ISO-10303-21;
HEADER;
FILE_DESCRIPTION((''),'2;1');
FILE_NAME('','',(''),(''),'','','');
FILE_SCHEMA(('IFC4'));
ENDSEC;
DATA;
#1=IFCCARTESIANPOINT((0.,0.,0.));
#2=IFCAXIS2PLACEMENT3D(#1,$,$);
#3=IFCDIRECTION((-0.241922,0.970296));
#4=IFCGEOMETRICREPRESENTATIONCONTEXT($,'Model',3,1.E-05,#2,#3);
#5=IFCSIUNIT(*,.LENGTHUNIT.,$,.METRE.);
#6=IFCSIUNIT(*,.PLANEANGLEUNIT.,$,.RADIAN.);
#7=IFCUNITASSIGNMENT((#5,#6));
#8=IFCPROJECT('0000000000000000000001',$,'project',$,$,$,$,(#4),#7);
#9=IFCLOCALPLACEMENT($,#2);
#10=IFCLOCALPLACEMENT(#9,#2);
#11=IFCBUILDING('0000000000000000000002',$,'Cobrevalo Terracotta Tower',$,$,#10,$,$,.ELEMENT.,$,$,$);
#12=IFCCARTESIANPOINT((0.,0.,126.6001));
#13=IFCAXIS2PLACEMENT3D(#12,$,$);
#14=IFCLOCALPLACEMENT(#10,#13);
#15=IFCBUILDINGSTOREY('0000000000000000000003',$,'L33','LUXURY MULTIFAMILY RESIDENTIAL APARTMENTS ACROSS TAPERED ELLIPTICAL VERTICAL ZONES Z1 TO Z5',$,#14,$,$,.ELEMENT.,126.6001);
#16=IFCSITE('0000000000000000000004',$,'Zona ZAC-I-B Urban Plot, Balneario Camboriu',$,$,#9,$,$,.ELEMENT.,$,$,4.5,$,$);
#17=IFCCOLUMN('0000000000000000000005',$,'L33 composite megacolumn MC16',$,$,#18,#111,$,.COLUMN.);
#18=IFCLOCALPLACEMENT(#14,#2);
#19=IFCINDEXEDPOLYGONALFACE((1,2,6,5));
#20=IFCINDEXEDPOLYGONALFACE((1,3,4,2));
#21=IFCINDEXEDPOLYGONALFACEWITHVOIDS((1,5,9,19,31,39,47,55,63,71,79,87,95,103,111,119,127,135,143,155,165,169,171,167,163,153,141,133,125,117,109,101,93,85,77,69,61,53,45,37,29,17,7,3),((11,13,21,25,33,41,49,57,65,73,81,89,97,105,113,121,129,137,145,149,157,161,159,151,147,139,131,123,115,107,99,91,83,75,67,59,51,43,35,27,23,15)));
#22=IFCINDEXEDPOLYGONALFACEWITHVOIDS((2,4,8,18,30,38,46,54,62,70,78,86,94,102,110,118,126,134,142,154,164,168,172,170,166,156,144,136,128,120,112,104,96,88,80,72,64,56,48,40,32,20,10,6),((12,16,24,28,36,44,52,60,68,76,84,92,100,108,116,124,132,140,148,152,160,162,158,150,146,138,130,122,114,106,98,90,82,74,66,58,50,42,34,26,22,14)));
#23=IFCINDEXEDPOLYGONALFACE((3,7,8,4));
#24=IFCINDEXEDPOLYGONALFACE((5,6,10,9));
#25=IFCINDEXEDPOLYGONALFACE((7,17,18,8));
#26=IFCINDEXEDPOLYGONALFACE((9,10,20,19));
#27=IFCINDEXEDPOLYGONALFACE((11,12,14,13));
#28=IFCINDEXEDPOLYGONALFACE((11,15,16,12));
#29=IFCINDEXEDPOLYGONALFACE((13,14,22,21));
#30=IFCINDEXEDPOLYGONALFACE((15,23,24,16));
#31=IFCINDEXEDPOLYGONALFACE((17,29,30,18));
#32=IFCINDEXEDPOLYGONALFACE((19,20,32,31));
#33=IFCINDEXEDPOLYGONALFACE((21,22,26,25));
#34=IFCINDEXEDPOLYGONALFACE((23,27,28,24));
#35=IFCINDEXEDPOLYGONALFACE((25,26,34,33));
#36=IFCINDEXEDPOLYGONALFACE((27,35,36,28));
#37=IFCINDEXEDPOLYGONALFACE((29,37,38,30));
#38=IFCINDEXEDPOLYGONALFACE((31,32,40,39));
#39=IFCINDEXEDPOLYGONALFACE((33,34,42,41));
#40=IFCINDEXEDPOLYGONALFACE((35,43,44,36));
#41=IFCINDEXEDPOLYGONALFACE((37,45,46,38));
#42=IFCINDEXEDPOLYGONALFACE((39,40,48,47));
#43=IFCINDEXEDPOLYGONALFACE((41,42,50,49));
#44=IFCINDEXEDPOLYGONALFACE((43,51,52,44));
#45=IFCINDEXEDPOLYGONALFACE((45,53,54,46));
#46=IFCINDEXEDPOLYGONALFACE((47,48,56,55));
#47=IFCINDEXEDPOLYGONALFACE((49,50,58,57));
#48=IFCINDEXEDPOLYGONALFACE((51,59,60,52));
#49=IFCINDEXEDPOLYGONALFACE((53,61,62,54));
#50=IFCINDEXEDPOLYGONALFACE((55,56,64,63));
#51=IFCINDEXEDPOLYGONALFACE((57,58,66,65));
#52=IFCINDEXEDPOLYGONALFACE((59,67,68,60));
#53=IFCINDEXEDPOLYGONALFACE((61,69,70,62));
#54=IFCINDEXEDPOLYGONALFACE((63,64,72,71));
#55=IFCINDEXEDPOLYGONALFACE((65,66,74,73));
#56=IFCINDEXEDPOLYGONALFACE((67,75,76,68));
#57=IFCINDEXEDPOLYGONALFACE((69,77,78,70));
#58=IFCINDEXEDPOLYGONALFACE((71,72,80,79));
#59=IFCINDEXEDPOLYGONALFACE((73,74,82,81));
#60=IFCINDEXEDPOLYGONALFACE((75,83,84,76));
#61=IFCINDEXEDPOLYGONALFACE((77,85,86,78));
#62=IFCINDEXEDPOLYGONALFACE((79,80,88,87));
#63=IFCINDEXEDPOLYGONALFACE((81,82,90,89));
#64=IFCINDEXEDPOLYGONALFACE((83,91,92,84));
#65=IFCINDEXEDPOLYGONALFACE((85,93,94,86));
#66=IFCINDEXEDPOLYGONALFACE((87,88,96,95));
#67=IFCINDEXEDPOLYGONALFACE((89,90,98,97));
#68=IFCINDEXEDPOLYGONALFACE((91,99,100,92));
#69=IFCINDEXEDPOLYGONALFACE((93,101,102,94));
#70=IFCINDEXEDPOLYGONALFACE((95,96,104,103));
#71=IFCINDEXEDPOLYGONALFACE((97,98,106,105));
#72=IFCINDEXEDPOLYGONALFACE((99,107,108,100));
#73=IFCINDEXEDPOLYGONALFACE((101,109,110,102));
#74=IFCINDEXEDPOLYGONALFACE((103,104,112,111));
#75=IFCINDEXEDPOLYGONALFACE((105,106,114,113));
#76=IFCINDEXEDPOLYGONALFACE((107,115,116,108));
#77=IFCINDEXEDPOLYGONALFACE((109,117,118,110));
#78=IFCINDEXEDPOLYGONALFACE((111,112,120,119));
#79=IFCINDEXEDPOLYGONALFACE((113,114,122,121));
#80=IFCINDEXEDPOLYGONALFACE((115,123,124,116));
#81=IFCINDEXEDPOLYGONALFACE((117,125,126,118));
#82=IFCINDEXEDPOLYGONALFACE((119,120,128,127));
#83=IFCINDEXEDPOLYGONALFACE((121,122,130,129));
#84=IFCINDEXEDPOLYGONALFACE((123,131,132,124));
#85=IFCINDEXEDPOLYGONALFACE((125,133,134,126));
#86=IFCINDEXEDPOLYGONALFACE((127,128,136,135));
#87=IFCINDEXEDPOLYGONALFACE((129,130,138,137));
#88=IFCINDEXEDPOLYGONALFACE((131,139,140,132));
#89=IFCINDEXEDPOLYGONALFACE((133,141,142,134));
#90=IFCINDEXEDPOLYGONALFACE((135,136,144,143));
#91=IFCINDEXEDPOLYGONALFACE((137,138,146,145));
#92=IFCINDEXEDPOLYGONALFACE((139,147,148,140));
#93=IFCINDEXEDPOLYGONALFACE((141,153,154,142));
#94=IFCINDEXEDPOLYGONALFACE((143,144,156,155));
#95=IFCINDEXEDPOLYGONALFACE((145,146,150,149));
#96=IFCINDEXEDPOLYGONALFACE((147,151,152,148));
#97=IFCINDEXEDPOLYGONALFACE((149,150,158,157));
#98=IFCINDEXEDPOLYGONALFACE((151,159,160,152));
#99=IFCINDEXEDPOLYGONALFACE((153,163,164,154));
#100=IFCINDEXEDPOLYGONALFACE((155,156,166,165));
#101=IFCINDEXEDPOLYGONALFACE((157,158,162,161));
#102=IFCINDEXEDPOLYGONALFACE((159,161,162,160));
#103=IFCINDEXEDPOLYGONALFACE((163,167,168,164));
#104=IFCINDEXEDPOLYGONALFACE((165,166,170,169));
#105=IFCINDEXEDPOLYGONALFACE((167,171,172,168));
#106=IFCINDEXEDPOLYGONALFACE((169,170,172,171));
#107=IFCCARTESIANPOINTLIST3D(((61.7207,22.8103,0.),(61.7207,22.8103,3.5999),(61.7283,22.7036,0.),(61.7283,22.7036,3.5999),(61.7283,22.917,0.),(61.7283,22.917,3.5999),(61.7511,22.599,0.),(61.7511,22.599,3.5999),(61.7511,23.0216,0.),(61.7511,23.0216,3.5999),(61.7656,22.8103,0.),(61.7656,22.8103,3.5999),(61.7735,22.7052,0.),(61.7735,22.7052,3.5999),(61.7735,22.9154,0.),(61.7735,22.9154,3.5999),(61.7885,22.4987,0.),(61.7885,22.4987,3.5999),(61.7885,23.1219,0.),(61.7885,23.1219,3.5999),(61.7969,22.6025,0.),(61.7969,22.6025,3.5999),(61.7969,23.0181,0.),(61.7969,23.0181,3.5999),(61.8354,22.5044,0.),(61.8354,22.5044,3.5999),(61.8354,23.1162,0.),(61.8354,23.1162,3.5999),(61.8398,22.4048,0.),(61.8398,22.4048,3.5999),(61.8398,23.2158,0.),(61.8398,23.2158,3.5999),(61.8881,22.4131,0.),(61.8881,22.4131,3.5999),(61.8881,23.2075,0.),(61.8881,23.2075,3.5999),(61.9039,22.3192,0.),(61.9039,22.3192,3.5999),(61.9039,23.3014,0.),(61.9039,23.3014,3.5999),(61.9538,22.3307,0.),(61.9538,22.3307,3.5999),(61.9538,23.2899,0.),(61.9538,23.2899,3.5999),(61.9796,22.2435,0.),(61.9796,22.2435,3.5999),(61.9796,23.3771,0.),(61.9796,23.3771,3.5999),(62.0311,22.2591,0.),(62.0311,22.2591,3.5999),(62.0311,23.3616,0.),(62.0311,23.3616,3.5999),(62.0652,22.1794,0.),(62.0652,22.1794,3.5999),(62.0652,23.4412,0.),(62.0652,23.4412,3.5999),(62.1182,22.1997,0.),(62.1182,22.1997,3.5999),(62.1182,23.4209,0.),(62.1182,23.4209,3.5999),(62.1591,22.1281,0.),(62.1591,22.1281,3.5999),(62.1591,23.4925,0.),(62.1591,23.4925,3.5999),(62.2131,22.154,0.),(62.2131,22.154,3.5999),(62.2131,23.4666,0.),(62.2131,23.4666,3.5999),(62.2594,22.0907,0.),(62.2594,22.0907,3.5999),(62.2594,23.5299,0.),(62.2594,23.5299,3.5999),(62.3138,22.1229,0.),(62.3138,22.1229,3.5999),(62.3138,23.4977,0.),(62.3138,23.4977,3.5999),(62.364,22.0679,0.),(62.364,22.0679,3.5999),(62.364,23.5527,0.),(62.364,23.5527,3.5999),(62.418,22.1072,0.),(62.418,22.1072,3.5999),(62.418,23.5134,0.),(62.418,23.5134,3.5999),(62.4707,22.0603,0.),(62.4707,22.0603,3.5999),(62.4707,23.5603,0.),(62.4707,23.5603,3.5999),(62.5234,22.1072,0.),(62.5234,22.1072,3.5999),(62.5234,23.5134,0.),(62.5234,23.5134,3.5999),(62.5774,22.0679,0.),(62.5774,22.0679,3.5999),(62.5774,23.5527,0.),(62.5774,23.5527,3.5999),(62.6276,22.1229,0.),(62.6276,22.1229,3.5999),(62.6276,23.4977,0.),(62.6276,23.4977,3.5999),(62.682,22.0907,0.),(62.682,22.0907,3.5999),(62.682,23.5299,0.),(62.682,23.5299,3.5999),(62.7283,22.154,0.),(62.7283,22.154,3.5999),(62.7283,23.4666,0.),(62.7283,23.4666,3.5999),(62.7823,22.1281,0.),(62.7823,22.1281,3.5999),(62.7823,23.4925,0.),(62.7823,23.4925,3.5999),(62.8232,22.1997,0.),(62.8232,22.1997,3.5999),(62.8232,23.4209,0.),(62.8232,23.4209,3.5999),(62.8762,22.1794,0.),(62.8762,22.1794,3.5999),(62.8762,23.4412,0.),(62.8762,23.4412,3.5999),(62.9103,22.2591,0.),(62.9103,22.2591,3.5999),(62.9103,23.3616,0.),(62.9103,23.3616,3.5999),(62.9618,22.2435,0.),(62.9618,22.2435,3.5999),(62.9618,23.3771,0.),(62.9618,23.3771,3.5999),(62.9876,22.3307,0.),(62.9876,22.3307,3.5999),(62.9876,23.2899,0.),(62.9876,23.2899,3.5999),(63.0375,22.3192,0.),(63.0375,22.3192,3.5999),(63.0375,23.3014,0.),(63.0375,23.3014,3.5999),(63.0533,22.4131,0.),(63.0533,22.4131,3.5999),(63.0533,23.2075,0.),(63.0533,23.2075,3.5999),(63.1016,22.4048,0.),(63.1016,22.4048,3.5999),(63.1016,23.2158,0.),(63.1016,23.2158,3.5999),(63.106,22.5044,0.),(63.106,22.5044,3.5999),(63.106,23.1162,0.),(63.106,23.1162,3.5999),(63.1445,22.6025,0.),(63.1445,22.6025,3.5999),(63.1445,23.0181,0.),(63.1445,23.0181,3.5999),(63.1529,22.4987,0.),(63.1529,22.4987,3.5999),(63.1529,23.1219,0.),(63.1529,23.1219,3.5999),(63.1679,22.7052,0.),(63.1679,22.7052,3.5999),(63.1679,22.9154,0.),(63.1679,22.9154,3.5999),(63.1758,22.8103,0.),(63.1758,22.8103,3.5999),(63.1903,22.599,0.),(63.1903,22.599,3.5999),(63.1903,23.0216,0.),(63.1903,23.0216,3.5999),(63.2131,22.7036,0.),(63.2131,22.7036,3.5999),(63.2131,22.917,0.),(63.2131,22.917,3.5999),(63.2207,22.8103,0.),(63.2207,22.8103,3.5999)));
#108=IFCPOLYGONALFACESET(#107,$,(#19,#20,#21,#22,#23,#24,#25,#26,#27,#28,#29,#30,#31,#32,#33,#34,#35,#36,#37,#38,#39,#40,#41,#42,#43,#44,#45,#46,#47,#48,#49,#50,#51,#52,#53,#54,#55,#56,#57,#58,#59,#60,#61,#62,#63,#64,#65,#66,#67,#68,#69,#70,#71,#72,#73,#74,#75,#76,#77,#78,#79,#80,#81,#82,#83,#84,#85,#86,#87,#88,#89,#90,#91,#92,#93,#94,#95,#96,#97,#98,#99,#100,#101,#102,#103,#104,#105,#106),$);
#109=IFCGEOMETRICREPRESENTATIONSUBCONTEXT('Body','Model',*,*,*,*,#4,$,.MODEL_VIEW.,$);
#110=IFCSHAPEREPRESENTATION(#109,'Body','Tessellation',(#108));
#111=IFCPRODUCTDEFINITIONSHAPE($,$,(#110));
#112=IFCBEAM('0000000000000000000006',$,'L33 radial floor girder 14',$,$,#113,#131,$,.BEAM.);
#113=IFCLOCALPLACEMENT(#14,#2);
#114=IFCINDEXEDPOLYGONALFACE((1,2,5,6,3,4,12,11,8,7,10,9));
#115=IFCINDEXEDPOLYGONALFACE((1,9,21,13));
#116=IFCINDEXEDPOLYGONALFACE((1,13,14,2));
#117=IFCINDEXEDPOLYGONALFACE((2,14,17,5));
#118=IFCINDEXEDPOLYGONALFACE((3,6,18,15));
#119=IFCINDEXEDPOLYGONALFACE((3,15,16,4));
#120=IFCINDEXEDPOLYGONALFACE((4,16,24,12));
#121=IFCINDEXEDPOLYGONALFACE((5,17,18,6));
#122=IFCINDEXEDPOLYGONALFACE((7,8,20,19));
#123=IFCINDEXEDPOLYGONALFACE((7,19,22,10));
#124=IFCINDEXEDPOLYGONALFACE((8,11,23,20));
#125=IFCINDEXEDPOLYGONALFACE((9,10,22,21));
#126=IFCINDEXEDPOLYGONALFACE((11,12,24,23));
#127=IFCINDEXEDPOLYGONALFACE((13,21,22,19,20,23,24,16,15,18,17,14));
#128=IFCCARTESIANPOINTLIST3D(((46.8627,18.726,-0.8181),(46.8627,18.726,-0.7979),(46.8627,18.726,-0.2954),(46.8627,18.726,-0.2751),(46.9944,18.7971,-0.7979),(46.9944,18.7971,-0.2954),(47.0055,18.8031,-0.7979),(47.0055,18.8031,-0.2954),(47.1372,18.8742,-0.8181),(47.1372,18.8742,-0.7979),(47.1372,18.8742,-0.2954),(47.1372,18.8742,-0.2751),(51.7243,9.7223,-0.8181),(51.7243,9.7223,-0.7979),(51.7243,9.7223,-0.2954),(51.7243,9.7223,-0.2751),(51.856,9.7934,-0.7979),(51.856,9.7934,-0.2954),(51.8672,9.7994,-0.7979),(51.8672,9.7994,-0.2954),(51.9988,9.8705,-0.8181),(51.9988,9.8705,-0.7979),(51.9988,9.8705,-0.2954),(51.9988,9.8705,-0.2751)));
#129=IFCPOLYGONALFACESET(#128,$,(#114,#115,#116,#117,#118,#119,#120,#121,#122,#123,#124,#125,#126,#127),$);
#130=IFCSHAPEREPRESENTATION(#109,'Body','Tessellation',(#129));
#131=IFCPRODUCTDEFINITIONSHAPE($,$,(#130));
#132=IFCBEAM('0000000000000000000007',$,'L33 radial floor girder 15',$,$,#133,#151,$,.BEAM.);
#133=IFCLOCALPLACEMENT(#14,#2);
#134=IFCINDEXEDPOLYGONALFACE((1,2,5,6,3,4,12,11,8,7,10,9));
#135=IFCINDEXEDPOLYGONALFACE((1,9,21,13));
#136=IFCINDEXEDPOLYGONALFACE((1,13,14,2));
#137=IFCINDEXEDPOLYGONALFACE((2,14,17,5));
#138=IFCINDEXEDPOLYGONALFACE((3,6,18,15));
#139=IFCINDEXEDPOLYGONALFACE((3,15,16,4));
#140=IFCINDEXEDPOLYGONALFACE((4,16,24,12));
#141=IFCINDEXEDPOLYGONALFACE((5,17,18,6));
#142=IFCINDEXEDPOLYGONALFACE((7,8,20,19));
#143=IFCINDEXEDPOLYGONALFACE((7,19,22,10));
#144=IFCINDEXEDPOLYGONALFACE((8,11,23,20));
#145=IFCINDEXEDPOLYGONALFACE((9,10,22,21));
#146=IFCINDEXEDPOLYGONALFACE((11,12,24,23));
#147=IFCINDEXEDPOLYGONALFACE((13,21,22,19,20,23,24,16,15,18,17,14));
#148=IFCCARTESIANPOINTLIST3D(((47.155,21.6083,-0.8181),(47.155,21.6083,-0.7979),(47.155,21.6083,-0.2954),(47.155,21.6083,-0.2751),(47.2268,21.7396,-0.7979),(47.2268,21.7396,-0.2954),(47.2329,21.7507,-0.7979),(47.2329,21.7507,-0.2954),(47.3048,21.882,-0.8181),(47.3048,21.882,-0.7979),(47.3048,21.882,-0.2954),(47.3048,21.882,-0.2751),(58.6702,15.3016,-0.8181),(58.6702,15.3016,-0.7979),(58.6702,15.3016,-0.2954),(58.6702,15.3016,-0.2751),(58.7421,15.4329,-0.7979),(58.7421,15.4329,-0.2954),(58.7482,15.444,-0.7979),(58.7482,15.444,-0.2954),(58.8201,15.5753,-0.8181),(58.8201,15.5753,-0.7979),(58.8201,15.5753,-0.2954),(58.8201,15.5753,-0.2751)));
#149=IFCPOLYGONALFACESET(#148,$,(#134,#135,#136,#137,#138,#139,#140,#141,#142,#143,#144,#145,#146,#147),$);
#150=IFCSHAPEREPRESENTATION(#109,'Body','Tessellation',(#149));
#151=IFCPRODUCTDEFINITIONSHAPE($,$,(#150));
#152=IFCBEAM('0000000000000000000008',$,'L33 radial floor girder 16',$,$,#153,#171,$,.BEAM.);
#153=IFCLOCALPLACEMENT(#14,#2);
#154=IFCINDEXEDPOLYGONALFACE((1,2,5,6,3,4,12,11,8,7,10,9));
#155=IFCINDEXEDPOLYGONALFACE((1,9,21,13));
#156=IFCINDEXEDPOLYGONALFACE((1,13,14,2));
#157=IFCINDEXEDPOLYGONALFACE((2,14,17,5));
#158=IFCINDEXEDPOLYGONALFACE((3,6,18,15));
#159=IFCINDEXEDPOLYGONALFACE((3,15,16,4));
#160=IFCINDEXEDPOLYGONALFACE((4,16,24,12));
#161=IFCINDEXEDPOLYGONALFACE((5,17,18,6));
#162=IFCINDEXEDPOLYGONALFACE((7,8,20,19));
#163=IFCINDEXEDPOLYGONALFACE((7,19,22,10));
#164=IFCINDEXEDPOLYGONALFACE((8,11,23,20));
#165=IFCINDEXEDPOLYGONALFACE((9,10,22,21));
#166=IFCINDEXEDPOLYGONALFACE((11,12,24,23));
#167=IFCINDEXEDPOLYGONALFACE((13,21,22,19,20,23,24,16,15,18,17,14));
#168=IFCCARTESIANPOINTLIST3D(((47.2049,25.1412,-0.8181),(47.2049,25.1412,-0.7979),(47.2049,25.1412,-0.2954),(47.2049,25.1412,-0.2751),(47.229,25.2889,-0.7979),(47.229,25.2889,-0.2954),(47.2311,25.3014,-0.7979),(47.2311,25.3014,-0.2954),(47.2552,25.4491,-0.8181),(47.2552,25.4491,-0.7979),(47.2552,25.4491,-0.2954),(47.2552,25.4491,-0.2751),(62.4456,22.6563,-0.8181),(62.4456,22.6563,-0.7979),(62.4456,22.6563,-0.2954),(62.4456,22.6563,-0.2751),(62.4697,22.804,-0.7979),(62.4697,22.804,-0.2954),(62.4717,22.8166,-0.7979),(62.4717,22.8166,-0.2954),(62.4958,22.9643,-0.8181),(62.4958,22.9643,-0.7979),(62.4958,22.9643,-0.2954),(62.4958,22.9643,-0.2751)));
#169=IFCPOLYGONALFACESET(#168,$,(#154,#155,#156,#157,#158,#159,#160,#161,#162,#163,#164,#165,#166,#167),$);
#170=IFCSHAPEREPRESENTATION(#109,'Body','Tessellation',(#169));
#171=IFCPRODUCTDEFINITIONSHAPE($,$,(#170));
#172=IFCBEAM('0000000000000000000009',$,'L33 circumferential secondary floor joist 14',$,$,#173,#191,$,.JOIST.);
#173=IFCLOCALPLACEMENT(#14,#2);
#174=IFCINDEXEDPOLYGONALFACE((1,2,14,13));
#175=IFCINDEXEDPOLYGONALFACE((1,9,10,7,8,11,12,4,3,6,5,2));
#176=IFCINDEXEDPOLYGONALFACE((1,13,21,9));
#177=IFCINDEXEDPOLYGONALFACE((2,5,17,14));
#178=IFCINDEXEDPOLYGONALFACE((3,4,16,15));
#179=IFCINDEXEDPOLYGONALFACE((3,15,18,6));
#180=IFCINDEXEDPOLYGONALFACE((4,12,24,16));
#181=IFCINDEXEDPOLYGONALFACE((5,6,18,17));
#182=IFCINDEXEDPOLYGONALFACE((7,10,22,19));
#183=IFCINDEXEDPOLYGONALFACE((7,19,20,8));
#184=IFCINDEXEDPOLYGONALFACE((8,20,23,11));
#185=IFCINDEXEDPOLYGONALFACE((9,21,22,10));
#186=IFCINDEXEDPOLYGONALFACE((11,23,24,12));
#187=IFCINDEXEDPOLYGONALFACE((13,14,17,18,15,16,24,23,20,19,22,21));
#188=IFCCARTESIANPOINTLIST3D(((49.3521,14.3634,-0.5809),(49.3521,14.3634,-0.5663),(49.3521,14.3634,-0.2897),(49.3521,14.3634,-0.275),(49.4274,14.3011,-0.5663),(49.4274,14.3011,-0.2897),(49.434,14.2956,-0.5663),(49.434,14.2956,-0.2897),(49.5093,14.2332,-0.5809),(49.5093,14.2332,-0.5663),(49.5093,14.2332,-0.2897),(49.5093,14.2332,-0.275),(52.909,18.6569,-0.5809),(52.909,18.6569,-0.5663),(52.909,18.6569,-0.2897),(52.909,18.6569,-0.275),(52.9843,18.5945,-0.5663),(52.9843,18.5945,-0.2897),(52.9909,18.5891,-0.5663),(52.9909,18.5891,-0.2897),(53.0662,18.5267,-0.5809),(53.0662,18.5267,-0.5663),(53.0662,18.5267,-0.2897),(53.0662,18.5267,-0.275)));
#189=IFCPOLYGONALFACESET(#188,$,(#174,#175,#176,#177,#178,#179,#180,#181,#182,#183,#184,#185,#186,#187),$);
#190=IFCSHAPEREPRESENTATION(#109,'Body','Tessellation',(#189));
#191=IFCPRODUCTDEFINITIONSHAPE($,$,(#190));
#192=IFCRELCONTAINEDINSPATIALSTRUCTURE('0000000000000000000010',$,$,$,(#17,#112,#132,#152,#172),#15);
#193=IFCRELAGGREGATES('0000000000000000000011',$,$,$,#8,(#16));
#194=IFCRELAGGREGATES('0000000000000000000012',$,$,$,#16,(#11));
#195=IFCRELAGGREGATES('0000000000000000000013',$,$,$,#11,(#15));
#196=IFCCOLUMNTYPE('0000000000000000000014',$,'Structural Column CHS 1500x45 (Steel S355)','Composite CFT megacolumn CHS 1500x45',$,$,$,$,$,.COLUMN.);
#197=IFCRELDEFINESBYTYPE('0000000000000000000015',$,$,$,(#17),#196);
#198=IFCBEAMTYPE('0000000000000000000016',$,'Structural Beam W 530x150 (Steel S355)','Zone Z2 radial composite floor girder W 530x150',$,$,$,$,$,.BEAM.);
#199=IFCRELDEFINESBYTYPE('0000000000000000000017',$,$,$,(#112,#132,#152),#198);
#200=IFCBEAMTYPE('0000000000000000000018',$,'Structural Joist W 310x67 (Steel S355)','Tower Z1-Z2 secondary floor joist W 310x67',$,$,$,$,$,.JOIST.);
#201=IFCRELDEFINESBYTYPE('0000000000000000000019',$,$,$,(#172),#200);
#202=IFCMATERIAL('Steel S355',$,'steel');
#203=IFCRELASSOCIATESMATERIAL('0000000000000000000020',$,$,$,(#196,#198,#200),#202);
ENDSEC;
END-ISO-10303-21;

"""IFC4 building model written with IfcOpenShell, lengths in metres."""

from ifc_helpers import new_model, si_unit, direction, frame, origin, origin_2d, place, context, subcontext, project, spatial, hollow_circle, i_section, extrude, material, material_profile, profile_set, type_object, element, save


model = new_model("IFC4")

# Units and contexts
model_context = context("Model", 3, precision=1e-05, world=origin(), true_north=direction((-0.241922, 0.970296)))
body_context = subcontext(model_context, "Body", "Model", "MODEL_VIEW")
ifc_project = project(units=[si_unit("LENGTHUNIT", "METRE"), si_unit("PLANEANGLEUNIT", "RADIAN")], contexts=[model_context])

# Site, building, storey
site_placement = place(None, origin())
site = spatial("IfcSite", under=ifc_project, at=site_placement, Name="Zona ZAC-I-B Urban Plot, Balneario Camboriu", CompositionType="ELEMENT", RefElevation=4.5)
building_placement = place(site_placement, origin())
building = spatial("IfcBuilding", under=site, at=building_placement, Name="Cobrevalo Terracotta Tower", CompositionType="ELEMENT")
storey_placement = place(building_placement, frame((0.0, 0.0, 126.6001)))
storey = spatial("IfcBuildingStorey", under=building, at=storey_placement, Name="L33", Description="LUXURY MULTIFAMILY RESIDENTIAL APARTMENTS ACROSS TAPERED ELLIPTICAL VERTICAL ZONES Z1 TO Z5", CompositionType="ELEMENT", Elevation=126.6001)

# Column
ifc_material_1 = material(Name="Steel S355", Category="steel")
ifc_material_profile_1 = material_profile(ifc_material_1, hollow_circle(Radius=0.75, WallThickness=0.0449, at=origin_2d()), Name="CHS 1500x45")
ifc_profile_set_1 = profile_set([ifc_material_profile_1], Name="Steel S355")
column_type = type_object("IfcColumnType", Name="Structural Column CHS 1500x45 (Steel S355)", Description="Composite CFT megacolumn CHS 1500x45", PredefinedType="COLUMN", material=ifc_profile_set_1)
for number, where, z_axis, x_axis, name in (
    (1, (62.4707, 22.8103, 0.0), (0.0, 0.0, 1.0), (1.0, 0.0, 0.0), "L33 composite megacolumn MC16"),
):
    element("IfcColumn", number, at=place(storey_placement, frame(where, z_axis=z_axis, x_axis=x_axis)), inside=storey, type_object=column_type, Name=name, PredefinedType="COLUMN", context=body_context, shape_type="SweptSolid", body=[
        extrude(hollow_circle(Radius=0.75, WallThickness=0.0449, at=origin_2d()), origin(), (0.0, 0.0, 1.0), 3.5999),
    ])

# Beams
ifc_material_profile_2 = material_profile(ifc_material_1, i_section(OverallWidth=0.312, OverallDepth=0.543, WebThickness=0.0127, FlangeThickness=0.0203, at=origin_2d()), Name="W 530x150")
ifc_profile_set_2 = profile_set([ifc_material_profile_2], Name="Steel S355")
beam_type_1 = type_object("IfcBeamType", Name="Structural Beam W 530x150 (Steel S355)", Description="Zone Z2 radial composite floor girder W 530x150", PredefinedType="BEAM", material=ifc_profile_set_2)
beam_1_placement = place(storey_placement, frame((51.8616, 9.7964, -0.5466), z_axis=(-0.475118, 0.879922, 0.0), x_axis=(-0.879922, -0.475118, 0.0)))
element("IfcBeam", 2, at=beam_1_placement, inside=storey, type_object=beam_type_1, Name="L33 radial floor girder 14", PredefinedType="BEAM", context=body_context, shape_type="SweptSolid", body=[
    extrude(i_section(OverallWidth=0.312, OverallDepth=0.543, WebThickness=0.0127, FlangeThickness=0.0203, at=origin_2d()), origin(), (0.0, 0.0, 1.0), 10.2324),
])
beam_2_placement = place(storey_placement, frame((58.7451, 15.4385, -0.5466), z_axis=(-0.877073, 0.480358, 0.0), x_axis=(-0.480358, -0.877073, 0.0)))
element("IfcBeam", 3, at=beam_2_placement, inside=storey, type_object=beam_type_1, Name="L33 radial floor girder 15", PredefinedType="BEAM", context=body_context, shape_type="SweptSolid", body=[
    extrude(i_section(OverallWidth=0.312, OverallDepth=0.543, WebThickness=0.0127, FlangeThickness=0.0203, at=origin_2d()), origin(), (0.0, 0.0, 1.0), 13.1292),
])
beam_3_placement = place(storey_placement, frame((62.4707, 22.8103, -0.5466), z_axis=(-0.986968, 0.160916, 0.0), x_axis=(-0.160916, -0.986968, 0.0)))
element("IfcBeam", 4, at=beam_3_placement, inside=storey, type_object=beam_type_1, Name="L33 radial floor girder 16", PredefinedType="BEAM", context=body_context, shape_type="SweptSolid", body=[
    extrude(i_section(OverallWidth=0.312, OverallDepth=0.543, WebThickness=0.0127, FlangeThickness=0.0203, at=origin_2d()), origin(), (0.0, 0.0, 1.0), 15.4419),
])
ifc_material_profile_3 = material_profile(ifc_material_1, i_section(OverallWidth=0.2041, OverallDepth=0.3059, WebThickness=0.0085, FlangeThickness=0.0146, at=origin_2d()), Name="W 310x67")
ifc_profile_set_3 = profile_set([ifc_material_profile_3], Name="Steel S355")
beam_type_2 = type_object("IfcBeamType", Name="Structural Joist W 310x67 (Steel S355)", Description="Tower Z1-Z2 secondary floor joist W 310x67", PredefinedType="JOIST", material=ifc_profile_set_3)
beam_4_placement = place(storey_placement, frame((49.4307, 14.2983, -0.428), z_axis=(0.637959, 0.77007, 0.0), x_axis=(-0.77007, 0.637959, 0.0)))
element("IfcBeam", 5, at=beam_4_placement, inside=storey, type_object=beam_type_2, Name="L33 circumferential secondary floor joist 14", PredefinedType="JOIST", context=body_context, shape_type="SweptSolid", body=[
    extrude(i_section(OverallWidth=0.2041, OverallDepth=0.3059, WebThickness=0.0085, FlangeThickness=0.0146, at=origin_2d()), origin(), (0.0, 0.0, 1.0), 5.5754),
])

save(model, "model.ifc")
